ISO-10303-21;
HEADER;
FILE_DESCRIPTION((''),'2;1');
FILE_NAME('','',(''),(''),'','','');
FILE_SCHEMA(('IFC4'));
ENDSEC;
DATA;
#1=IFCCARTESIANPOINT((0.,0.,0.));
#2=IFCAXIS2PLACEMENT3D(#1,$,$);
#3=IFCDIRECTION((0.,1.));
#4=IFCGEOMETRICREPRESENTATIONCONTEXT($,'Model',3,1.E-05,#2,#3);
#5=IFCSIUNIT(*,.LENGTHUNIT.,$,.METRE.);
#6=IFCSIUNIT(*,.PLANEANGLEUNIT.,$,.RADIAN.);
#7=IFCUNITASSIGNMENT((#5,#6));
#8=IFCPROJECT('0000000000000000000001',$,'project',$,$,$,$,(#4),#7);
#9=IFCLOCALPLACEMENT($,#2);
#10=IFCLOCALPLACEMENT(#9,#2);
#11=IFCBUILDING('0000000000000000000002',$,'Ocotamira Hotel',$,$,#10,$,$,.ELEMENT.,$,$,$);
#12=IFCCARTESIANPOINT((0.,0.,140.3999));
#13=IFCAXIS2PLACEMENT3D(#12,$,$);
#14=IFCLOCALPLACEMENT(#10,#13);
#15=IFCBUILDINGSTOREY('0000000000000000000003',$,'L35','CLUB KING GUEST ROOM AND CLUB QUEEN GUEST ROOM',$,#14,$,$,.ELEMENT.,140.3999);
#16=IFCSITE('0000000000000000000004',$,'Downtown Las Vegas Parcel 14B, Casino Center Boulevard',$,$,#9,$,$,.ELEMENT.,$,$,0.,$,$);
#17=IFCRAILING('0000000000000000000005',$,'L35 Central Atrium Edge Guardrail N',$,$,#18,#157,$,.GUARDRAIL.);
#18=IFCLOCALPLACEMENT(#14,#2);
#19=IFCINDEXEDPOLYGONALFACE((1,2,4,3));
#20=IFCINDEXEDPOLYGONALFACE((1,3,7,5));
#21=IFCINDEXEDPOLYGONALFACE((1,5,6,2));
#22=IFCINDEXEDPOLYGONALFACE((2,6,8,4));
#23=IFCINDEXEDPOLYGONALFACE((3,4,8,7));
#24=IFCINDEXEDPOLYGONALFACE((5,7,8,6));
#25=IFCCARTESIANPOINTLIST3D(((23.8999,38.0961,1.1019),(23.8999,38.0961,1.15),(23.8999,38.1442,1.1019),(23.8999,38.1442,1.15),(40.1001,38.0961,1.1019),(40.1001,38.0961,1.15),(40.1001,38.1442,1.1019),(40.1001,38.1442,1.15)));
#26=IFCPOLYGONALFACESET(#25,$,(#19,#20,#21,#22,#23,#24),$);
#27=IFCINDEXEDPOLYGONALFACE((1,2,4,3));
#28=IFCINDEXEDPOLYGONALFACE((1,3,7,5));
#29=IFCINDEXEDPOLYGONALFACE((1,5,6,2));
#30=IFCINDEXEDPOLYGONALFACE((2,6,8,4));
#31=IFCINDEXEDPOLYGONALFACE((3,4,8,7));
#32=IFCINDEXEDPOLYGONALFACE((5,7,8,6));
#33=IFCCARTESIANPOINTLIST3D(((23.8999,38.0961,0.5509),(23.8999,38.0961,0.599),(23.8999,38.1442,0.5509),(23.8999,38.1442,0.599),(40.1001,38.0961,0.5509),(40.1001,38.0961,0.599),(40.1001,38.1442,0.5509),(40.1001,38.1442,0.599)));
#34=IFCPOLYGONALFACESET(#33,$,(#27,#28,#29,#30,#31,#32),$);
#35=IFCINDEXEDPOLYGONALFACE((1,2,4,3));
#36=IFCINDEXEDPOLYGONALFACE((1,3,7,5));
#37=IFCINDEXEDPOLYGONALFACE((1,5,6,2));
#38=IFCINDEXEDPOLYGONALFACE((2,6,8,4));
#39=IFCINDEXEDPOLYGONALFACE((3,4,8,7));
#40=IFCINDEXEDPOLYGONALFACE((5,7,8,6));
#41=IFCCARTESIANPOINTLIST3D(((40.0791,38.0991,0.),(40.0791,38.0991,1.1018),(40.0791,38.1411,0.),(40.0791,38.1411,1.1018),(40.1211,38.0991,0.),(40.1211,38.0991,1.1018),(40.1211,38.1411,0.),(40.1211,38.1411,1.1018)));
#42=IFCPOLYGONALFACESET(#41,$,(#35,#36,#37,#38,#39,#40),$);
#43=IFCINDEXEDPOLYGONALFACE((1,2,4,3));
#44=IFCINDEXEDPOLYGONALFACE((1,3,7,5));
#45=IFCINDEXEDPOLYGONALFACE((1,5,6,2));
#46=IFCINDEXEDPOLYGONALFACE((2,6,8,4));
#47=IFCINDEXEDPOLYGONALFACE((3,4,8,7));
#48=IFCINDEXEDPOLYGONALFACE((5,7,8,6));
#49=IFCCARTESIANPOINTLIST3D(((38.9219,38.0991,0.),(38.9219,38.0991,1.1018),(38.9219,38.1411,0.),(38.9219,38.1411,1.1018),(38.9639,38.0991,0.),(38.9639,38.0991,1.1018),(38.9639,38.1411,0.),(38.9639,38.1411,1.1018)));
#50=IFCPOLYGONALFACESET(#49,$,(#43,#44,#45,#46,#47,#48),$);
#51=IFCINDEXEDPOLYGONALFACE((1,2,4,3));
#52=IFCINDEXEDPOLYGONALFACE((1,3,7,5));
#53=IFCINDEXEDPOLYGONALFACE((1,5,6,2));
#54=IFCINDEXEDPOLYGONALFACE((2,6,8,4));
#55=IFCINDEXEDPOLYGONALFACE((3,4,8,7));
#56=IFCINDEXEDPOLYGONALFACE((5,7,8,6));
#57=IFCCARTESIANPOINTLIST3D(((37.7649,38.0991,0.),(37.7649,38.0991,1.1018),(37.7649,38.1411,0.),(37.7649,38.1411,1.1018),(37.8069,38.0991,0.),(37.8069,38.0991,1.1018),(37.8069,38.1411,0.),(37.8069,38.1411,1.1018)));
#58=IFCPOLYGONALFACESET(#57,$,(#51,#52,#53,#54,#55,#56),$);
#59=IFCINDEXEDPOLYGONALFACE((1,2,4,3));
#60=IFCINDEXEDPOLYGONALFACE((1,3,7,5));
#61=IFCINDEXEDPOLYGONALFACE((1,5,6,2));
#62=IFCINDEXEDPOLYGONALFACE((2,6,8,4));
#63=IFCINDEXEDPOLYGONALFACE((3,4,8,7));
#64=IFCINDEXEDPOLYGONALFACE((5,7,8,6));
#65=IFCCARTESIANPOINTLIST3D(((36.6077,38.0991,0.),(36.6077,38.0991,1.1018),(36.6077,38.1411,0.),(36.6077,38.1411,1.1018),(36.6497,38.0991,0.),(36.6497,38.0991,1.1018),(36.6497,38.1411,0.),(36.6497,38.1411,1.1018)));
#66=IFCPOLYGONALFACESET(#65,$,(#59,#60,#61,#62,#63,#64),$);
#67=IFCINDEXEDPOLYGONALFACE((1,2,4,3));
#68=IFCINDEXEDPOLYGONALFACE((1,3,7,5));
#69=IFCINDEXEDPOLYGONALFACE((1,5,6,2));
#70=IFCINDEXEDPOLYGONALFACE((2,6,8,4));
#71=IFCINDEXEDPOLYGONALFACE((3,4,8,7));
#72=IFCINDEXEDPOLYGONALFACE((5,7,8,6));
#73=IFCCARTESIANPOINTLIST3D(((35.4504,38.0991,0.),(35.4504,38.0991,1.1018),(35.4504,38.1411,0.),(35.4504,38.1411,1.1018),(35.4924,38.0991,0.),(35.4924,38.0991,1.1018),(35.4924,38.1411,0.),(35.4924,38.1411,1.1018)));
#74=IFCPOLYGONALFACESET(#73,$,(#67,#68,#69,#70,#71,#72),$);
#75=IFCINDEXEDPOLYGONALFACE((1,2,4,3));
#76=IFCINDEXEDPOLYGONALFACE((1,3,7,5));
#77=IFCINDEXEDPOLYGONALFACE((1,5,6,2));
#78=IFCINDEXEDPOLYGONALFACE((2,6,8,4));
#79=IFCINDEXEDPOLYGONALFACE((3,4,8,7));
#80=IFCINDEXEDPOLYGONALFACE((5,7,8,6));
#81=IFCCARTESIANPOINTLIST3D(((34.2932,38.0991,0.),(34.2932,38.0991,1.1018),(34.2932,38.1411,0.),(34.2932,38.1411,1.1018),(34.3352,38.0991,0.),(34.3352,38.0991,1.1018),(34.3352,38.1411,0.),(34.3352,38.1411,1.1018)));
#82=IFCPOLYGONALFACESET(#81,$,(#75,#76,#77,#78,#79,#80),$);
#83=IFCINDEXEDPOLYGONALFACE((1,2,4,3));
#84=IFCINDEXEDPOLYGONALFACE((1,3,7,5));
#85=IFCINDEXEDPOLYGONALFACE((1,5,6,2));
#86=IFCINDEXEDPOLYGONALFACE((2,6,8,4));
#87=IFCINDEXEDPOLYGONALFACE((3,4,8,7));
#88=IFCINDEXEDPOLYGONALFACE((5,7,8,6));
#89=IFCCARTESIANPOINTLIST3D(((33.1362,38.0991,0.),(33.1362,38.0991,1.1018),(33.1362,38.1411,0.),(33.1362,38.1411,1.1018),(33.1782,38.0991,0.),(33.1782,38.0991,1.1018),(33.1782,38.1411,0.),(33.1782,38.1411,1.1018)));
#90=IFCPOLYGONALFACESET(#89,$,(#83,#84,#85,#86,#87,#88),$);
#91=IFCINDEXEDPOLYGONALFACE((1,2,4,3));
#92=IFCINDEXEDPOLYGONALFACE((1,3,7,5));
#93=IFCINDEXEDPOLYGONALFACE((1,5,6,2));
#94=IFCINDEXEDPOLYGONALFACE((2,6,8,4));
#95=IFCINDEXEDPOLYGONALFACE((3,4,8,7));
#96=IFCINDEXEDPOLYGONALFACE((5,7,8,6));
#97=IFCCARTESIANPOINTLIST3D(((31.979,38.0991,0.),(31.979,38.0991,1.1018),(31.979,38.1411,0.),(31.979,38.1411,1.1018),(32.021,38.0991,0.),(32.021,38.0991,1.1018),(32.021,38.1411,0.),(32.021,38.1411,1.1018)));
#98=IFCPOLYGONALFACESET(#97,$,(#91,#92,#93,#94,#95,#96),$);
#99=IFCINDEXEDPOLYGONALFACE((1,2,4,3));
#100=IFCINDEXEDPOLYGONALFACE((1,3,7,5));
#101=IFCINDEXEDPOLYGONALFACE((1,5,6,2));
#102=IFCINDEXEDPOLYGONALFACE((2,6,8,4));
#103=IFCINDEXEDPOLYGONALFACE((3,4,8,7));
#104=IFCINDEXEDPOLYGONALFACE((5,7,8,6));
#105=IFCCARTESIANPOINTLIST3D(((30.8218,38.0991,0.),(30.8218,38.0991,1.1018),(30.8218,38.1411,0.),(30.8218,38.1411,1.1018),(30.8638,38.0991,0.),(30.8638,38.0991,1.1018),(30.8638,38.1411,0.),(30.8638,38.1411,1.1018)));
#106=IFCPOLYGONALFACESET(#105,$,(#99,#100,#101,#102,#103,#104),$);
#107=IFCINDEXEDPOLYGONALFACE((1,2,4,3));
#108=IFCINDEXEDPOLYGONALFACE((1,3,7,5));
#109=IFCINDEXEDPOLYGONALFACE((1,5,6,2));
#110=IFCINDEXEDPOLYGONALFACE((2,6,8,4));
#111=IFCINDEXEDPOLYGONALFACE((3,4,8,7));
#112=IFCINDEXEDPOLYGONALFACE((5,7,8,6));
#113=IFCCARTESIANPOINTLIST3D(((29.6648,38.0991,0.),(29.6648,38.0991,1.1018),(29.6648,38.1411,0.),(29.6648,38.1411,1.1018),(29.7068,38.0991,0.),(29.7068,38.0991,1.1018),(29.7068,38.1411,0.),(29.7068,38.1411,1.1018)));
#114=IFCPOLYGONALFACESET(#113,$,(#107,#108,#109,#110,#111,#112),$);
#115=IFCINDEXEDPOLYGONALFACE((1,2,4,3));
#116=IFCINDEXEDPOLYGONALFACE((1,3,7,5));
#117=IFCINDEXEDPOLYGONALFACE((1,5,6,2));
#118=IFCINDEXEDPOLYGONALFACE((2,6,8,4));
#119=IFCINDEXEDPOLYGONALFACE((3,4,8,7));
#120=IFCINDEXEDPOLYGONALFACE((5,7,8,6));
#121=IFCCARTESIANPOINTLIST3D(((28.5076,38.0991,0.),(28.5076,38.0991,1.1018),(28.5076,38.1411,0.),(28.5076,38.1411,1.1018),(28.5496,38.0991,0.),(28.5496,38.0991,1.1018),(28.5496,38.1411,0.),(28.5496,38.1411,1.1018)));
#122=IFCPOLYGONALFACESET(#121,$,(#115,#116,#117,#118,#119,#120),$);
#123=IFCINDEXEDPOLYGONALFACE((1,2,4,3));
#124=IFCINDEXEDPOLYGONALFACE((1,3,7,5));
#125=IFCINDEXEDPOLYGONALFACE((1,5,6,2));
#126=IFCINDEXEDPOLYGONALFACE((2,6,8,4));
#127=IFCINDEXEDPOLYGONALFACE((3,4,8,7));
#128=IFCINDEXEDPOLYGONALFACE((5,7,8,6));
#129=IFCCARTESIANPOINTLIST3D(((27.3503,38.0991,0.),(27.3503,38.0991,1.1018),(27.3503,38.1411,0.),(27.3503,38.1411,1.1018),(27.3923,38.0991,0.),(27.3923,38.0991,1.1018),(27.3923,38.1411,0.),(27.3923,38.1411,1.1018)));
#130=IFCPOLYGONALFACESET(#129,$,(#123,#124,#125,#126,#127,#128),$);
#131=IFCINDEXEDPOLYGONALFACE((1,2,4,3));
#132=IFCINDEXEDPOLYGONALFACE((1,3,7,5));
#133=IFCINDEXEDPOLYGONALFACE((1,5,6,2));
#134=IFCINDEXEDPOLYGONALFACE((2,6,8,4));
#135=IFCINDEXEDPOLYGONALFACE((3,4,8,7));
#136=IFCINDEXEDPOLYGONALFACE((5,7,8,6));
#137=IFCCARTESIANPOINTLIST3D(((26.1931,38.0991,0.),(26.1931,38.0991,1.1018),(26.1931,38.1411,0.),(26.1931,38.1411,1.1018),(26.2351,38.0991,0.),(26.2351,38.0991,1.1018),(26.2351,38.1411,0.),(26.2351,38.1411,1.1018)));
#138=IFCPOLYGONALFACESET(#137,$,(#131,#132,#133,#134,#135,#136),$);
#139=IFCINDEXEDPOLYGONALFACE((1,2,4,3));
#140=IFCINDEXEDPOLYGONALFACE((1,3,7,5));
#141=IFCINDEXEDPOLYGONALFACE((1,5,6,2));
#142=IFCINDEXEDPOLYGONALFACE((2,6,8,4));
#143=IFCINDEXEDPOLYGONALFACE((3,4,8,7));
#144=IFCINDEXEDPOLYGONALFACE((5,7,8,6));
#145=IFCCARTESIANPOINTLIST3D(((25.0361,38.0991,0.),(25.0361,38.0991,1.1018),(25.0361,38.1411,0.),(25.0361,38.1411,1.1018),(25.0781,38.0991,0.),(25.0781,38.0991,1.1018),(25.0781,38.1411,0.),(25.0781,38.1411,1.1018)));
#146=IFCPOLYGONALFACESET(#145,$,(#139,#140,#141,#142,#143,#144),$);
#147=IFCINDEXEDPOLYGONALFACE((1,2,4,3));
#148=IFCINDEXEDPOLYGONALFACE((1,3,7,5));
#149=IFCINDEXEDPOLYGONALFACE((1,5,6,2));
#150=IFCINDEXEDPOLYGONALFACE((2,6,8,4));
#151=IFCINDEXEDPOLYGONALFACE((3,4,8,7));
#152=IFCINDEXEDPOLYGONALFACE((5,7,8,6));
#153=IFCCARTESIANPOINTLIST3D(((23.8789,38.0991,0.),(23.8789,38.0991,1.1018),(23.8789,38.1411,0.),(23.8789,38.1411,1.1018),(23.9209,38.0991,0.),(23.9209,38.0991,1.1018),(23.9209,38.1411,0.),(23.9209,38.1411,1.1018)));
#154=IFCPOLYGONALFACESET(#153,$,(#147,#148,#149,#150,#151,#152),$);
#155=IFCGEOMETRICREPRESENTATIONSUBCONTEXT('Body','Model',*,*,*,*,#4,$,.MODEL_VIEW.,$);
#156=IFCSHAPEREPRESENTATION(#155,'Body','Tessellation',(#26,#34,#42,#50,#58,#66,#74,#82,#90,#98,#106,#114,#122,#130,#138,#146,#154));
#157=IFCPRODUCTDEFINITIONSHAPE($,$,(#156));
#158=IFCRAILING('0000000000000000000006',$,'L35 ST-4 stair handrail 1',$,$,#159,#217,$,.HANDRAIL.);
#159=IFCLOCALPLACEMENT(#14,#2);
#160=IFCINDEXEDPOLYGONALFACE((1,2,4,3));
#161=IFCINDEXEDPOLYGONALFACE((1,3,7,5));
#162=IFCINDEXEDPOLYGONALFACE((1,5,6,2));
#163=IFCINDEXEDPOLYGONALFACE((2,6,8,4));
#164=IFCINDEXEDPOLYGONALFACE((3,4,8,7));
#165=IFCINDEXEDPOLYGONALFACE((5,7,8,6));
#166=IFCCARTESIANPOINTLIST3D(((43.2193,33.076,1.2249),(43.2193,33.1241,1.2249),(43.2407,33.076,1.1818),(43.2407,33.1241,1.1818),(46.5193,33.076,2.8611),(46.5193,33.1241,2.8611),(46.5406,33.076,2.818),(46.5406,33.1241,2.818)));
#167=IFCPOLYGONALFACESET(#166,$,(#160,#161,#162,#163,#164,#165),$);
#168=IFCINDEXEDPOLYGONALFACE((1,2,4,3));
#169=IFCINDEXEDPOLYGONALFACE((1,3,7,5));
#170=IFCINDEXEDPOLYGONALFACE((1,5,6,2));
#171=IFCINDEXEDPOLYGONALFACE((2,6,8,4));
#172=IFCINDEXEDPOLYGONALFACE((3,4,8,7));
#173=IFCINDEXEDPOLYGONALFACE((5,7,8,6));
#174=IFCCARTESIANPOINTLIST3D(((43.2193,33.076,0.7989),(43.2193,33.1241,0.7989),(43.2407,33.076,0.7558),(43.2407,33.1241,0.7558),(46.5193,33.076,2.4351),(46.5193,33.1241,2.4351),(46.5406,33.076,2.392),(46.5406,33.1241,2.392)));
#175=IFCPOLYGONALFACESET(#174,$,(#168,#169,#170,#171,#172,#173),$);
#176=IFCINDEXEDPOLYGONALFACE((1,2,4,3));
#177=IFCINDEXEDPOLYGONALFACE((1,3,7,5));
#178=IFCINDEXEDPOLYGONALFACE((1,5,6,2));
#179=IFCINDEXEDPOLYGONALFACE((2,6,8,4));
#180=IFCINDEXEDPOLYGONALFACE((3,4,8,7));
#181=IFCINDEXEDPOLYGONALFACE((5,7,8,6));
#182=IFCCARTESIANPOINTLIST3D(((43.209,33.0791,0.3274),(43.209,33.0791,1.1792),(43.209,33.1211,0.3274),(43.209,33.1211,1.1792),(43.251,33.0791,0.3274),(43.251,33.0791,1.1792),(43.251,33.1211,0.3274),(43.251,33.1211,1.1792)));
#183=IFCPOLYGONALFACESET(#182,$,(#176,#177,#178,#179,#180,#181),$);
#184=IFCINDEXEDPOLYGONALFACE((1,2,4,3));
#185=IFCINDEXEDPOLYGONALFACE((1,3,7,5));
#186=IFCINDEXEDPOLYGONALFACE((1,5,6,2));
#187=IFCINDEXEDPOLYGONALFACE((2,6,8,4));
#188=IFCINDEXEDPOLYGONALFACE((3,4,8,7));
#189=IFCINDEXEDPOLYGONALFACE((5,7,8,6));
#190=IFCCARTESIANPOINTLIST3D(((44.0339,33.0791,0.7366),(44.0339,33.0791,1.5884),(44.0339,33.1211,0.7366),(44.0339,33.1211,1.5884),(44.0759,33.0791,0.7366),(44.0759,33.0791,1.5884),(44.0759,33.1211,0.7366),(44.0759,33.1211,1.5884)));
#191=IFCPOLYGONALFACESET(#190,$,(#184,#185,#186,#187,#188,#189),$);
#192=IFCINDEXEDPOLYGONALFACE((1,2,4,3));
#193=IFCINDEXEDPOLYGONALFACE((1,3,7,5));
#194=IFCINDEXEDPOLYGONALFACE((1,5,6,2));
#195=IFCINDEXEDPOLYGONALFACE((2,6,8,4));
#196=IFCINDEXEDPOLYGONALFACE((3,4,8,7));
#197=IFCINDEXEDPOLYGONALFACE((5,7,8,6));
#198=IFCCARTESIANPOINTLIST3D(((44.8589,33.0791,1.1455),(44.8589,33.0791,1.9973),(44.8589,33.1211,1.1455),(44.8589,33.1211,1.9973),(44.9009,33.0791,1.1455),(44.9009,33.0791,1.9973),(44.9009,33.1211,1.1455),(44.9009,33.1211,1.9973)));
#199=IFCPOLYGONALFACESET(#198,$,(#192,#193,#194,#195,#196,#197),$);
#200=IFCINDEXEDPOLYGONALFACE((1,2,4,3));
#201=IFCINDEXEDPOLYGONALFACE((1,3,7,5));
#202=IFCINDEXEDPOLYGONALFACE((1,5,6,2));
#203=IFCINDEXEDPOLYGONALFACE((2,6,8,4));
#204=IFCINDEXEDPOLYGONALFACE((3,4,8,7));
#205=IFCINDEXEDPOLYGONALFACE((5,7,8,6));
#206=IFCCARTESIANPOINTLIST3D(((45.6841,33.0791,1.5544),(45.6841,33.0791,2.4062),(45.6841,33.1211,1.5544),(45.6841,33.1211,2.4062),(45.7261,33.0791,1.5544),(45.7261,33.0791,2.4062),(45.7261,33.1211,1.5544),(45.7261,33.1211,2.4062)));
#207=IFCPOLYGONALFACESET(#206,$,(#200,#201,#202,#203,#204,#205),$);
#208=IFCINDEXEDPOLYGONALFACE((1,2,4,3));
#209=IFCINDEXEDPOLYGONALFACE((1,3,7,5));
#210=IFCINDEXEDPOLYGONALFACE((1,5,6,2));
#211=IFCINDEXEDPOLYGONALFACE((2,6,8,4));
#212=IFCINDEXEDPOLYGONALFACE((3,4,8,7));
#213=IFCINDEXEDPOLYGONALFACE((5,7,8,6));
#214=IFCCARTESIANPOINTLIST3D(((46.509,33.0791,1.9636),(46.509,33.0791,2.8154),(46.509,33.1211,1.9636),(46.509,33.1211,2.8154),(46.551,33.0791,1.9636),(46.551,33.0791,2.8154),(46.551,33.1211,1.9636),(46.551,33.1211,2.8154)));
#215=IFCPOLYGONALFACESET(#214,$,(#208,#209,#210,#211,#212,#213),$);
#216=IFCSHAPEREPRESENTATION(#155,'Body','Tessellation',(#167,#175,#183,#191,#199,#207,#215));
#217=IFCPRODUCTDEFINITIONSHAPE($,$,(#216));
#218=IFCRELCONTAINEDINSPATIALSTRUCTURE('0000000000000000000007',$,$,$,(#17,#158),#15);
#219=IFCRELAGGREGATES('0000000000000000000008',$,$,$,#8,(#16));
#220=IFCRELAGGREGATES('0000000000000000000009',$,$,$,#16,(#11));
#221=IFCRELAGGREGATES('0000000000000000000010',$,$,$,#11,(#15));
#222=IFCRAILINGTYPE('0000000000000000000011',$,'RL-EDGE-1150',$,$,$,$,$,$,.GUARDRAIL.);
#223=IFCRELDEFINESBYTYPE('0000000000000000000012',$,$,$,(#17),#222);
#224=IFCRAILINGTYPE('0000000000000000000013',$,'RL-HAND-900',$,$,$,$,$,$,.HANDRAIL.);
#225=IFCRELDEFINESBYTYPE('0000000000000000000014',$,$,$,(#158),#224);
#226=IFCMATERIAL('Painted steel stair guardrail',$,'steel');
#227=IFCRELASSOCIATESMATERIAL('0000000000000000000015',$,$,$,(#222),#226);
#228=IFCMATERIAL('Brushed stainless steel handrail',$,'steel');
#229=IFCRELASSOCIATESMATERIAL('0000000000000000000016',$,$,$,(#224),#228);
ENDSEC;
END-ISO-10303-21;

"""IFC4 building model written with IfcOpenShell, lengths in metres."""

from ifc_helpers import new_model, si_unit, direction, frame, origin, origin_2d, place, context, subcontext, project, spatial, rectangle, extrude, material, type_object, element, save


model = new_model("IFC4")

# Units and contexts
model_context = context("Model", 3, precision=1e-05, world=origin(), true_north=direction((0.0, 1.0)))
body_context = subcontext(model_context, "Body", "Model", "MODEL_VIEW")
ifc_project = project(units=[si_unit("LENGTHUNIT", "METRE"), si_unit("PLANEANGLEUNIT", "RADIAN")], contexts=[model_context])

# Site, building, storey
site_placement = place(None, origin())
site = spatial("IfcSite", under=ifc_project, at=site_placement, Name="Downtown Las Vegas Parcel 14B, Casino Center Boulevard", CompositionType="ELEMENT", RefElevation=0.0)
building_placement = place(site_placement, origin())
building = spatial("IfcBuilding", under=site, at=building_placement, Name="Ocotamira Hotel", CompositionType="ELEMENT")
storey_placement = place(building_placement, frame((0.0, 0.0, 140.3999)))
storey = spatial("IfcBuildingStorey", under=building, at=storey_placement, Name="L35", Description="CLUB KING GUEST ROOM AND CLUB QUEEN GUEST ROOM", CompositionType="ELEMENT", Elevation=140.3999)

# Railings
ifc_material_1 = material(Name="Painted steel stair guardrail", Category="steel")
railing_type_1 = type_object("IfcRailingType", Name="RL-EDGE-1150", PredefinedType="GUARDRAIL", material=ifc_material_1)
railing_1_placement = place(storey_placement, frame((40.1001, 38.1201, 0.0)))
element("IfcRailing", 1, at=railing_1_placement, inside=storey, type_object=railing_type_1, Name="L35 Central Atrium Edge Guardrail N", PredefinedType="GUARDRAIL", context=body_context, shape_type="SweptSolid", body=[
    extrude(rectangle(XDim=0.0481, YDim=0.0481, at=origin_2d()), frame((0.0, 0.0, 1.126), z_axis=(-1.0, 0.0, 0.0), x_axis=(0.0, -1.0, 0.0)), (0.0, 0.0, 1.0), 16.2002),
    extrude(rectangle(XDim=0.0481, YDim=0.0481, at=origin_2d()), frame((0.0, 0.0, 0.575), z_axis=(-1.0, 0.0, 0.0), x_axis=(0.0, -1.0, 0.0)), (0.0, 0.0, 1.0), 16.2002),
    extrude(rectangle(XDim=0.042, YDim=0.042, at=origin_2d()), origin(), (0.0, 0.0, 1.0), 1.1018),
    extrude(rectangle(XDim=0.042, YDim=0.042, at=origin_2d()), frame((-1.1572, 0.0, 0.0)), (0.0, 0.0, 1.0), 1.1018),
    extrude(rectangle(XDim=0.042, YDim=0.042, at=origin_2d()), frame((-2.3142, 0.0, 0.0)), (0.0, 0.0, 1.0), 1.1018),
    extrude(rectangle(XDim=0.042, YDim=0.042, at=origin_2d()), frame((-3.4714, 0.0, 0.0)), (0.0, 0.0, 1.0), 1.1018),
    extrude(rectangle(XDim=0.042, YDim=0.042, at=origin_2d()), frame((-4.6287, 0.0, 0.0)), (0.0, 0.0, 1.0), 1.1018),
    extrude(rectangle(XDim=0.042, YDim=0.042, at=origin_2d()), frame((-5.7859, 0.0, 0.0)), (0.0, 0.0, 1.0), 1.1018),
    extrude(rectangle(XDim=0.042, YDim=0.042, at=origin_2d()), frame((-6.9429, 0.0, 0.0)), (0.0, 0.0, 1.0), 1.1018),
    extrude(rectangle(XDim=0.042, YDim=0.042, at=origin_2d()), frame((-8.1001, 0.0, 0.0)), (0.0, 0.0, 1.0), 1.1018),
    extrude(rectangle(XDim=0.042, YDim=0.042, at=origin_2d()), frame((-9.2573, 0.0, 0.0)), (0.0, 0.0, 1.0), 1.1018),
    extrude(rectangle(XDim=0.042, YDim=0.042, at=origin_2d()), frame((-10.4143, 0.0, 0.0)), (0.0, 0.0, 1.0), 1.1018),
    extrude(rectangle(XDim=0.042, YDim=0.042, at=origin_2d()), frame((-11.5715, 0.0, 0.0)), (0.0, 0.0, 1.0), 1.1018),
    extrude(rectangle(XDim=0.042, YDim=0.042, at=origin_2d()), frame((-12.7288, 0.0, 0.0)), (0.0, 0.0, 1.0), 1.1018),
    extrude(rectangle(XDim=0.042, YDim=0.042, at=origin_2d()), frame((-13.886, 0.0, 0.0)), (0.0, 0.0, 1.0), 1.1018),
    extrude(rectangle(XDim=0.042, YDim=0.042, at=origin_2d()), frame((-15.043, 0.0, 0.0)), (0.0, 0.0, 1.0), 1.1018),
    extrude(rectangle(XDim=0.042, YDim=0.042, at=origin_2d()), frame((-16.2002, 0.0, 0.0)), (0.0, 0.0, 1.0), 1.1018),
])
ifc_material_2 = material(Name="Brushed stainless steel handrail", Category="steel")
railing_type_2 = type_object("IfcRailingType", Name="RL-HAND-900", PredefinedType="HANDRAIL", material=ifc_material_2)
railing_2_placement = place(storey_placement, frame((43.23, 33.1001, 0.3274)))
element("IfcRailing", 2, at=railing_2_placement, inside=storey, type_object=railing_type_2, Name="L35 ST-4 stair handrail 1", PredefinedType="HANDRAIL", context=body_context, shape_type="SweptSolid", body=[
    extrude(rectangle(XDim=0.0481, YDim=0.0481, at=origin_2d()), frame((0.0, 0.0, 0.876), z_axis=(0.89592, 0.0, 0.444215), x_axis=(0.0, 1.0, 0.0)), (0.0, 0.0, 1.0), 3.6833),
    extrude(rectangle(XDim=0.0481, YDim=0.0481, at=origin_2d()), frame((0.0, 0.0, 0.45), z_axis=(0.89592, 0.0, 0.444215), x_axis=(0.0, 1.0, 0.0)), (0.0, 0.0, 1.0), 3.6833),
    extrude(rectangle(XDim=0.042, YDim=0.042, at=origin_2d()), origin(), (0.0, 0.0, 1.0), 0.8518),
    extrude(rectangle(XDim=0.042, YDim=0.042, at=origin_2d()), frame((0.825, 0.0, 0.4092)), (0.0, 0.0, 1.0), 0.8518),
    extrude(rectangle(XDim=0.042, YDim=0.042, at=origin_2d()), frame((1.6499, 0.0, 0.8181)), (0.0, 0.0, 1.0), 0.8518),
    extrude(rectangle(XDim=0.042, YDim=0.042, at=origin_2d()), frame((2.4751, 0.0, 1.2271)), (0.0, 0.0, 1.0), 0.8518),
    extrude(rectangle(XDim=0.042, YDim=0.042, at=origin_2d()), frame((3.3, 0.0, 1.6362)), (0.0, 0.0, 1.0), 0.8518),
])

save(model, "model.ifc")
